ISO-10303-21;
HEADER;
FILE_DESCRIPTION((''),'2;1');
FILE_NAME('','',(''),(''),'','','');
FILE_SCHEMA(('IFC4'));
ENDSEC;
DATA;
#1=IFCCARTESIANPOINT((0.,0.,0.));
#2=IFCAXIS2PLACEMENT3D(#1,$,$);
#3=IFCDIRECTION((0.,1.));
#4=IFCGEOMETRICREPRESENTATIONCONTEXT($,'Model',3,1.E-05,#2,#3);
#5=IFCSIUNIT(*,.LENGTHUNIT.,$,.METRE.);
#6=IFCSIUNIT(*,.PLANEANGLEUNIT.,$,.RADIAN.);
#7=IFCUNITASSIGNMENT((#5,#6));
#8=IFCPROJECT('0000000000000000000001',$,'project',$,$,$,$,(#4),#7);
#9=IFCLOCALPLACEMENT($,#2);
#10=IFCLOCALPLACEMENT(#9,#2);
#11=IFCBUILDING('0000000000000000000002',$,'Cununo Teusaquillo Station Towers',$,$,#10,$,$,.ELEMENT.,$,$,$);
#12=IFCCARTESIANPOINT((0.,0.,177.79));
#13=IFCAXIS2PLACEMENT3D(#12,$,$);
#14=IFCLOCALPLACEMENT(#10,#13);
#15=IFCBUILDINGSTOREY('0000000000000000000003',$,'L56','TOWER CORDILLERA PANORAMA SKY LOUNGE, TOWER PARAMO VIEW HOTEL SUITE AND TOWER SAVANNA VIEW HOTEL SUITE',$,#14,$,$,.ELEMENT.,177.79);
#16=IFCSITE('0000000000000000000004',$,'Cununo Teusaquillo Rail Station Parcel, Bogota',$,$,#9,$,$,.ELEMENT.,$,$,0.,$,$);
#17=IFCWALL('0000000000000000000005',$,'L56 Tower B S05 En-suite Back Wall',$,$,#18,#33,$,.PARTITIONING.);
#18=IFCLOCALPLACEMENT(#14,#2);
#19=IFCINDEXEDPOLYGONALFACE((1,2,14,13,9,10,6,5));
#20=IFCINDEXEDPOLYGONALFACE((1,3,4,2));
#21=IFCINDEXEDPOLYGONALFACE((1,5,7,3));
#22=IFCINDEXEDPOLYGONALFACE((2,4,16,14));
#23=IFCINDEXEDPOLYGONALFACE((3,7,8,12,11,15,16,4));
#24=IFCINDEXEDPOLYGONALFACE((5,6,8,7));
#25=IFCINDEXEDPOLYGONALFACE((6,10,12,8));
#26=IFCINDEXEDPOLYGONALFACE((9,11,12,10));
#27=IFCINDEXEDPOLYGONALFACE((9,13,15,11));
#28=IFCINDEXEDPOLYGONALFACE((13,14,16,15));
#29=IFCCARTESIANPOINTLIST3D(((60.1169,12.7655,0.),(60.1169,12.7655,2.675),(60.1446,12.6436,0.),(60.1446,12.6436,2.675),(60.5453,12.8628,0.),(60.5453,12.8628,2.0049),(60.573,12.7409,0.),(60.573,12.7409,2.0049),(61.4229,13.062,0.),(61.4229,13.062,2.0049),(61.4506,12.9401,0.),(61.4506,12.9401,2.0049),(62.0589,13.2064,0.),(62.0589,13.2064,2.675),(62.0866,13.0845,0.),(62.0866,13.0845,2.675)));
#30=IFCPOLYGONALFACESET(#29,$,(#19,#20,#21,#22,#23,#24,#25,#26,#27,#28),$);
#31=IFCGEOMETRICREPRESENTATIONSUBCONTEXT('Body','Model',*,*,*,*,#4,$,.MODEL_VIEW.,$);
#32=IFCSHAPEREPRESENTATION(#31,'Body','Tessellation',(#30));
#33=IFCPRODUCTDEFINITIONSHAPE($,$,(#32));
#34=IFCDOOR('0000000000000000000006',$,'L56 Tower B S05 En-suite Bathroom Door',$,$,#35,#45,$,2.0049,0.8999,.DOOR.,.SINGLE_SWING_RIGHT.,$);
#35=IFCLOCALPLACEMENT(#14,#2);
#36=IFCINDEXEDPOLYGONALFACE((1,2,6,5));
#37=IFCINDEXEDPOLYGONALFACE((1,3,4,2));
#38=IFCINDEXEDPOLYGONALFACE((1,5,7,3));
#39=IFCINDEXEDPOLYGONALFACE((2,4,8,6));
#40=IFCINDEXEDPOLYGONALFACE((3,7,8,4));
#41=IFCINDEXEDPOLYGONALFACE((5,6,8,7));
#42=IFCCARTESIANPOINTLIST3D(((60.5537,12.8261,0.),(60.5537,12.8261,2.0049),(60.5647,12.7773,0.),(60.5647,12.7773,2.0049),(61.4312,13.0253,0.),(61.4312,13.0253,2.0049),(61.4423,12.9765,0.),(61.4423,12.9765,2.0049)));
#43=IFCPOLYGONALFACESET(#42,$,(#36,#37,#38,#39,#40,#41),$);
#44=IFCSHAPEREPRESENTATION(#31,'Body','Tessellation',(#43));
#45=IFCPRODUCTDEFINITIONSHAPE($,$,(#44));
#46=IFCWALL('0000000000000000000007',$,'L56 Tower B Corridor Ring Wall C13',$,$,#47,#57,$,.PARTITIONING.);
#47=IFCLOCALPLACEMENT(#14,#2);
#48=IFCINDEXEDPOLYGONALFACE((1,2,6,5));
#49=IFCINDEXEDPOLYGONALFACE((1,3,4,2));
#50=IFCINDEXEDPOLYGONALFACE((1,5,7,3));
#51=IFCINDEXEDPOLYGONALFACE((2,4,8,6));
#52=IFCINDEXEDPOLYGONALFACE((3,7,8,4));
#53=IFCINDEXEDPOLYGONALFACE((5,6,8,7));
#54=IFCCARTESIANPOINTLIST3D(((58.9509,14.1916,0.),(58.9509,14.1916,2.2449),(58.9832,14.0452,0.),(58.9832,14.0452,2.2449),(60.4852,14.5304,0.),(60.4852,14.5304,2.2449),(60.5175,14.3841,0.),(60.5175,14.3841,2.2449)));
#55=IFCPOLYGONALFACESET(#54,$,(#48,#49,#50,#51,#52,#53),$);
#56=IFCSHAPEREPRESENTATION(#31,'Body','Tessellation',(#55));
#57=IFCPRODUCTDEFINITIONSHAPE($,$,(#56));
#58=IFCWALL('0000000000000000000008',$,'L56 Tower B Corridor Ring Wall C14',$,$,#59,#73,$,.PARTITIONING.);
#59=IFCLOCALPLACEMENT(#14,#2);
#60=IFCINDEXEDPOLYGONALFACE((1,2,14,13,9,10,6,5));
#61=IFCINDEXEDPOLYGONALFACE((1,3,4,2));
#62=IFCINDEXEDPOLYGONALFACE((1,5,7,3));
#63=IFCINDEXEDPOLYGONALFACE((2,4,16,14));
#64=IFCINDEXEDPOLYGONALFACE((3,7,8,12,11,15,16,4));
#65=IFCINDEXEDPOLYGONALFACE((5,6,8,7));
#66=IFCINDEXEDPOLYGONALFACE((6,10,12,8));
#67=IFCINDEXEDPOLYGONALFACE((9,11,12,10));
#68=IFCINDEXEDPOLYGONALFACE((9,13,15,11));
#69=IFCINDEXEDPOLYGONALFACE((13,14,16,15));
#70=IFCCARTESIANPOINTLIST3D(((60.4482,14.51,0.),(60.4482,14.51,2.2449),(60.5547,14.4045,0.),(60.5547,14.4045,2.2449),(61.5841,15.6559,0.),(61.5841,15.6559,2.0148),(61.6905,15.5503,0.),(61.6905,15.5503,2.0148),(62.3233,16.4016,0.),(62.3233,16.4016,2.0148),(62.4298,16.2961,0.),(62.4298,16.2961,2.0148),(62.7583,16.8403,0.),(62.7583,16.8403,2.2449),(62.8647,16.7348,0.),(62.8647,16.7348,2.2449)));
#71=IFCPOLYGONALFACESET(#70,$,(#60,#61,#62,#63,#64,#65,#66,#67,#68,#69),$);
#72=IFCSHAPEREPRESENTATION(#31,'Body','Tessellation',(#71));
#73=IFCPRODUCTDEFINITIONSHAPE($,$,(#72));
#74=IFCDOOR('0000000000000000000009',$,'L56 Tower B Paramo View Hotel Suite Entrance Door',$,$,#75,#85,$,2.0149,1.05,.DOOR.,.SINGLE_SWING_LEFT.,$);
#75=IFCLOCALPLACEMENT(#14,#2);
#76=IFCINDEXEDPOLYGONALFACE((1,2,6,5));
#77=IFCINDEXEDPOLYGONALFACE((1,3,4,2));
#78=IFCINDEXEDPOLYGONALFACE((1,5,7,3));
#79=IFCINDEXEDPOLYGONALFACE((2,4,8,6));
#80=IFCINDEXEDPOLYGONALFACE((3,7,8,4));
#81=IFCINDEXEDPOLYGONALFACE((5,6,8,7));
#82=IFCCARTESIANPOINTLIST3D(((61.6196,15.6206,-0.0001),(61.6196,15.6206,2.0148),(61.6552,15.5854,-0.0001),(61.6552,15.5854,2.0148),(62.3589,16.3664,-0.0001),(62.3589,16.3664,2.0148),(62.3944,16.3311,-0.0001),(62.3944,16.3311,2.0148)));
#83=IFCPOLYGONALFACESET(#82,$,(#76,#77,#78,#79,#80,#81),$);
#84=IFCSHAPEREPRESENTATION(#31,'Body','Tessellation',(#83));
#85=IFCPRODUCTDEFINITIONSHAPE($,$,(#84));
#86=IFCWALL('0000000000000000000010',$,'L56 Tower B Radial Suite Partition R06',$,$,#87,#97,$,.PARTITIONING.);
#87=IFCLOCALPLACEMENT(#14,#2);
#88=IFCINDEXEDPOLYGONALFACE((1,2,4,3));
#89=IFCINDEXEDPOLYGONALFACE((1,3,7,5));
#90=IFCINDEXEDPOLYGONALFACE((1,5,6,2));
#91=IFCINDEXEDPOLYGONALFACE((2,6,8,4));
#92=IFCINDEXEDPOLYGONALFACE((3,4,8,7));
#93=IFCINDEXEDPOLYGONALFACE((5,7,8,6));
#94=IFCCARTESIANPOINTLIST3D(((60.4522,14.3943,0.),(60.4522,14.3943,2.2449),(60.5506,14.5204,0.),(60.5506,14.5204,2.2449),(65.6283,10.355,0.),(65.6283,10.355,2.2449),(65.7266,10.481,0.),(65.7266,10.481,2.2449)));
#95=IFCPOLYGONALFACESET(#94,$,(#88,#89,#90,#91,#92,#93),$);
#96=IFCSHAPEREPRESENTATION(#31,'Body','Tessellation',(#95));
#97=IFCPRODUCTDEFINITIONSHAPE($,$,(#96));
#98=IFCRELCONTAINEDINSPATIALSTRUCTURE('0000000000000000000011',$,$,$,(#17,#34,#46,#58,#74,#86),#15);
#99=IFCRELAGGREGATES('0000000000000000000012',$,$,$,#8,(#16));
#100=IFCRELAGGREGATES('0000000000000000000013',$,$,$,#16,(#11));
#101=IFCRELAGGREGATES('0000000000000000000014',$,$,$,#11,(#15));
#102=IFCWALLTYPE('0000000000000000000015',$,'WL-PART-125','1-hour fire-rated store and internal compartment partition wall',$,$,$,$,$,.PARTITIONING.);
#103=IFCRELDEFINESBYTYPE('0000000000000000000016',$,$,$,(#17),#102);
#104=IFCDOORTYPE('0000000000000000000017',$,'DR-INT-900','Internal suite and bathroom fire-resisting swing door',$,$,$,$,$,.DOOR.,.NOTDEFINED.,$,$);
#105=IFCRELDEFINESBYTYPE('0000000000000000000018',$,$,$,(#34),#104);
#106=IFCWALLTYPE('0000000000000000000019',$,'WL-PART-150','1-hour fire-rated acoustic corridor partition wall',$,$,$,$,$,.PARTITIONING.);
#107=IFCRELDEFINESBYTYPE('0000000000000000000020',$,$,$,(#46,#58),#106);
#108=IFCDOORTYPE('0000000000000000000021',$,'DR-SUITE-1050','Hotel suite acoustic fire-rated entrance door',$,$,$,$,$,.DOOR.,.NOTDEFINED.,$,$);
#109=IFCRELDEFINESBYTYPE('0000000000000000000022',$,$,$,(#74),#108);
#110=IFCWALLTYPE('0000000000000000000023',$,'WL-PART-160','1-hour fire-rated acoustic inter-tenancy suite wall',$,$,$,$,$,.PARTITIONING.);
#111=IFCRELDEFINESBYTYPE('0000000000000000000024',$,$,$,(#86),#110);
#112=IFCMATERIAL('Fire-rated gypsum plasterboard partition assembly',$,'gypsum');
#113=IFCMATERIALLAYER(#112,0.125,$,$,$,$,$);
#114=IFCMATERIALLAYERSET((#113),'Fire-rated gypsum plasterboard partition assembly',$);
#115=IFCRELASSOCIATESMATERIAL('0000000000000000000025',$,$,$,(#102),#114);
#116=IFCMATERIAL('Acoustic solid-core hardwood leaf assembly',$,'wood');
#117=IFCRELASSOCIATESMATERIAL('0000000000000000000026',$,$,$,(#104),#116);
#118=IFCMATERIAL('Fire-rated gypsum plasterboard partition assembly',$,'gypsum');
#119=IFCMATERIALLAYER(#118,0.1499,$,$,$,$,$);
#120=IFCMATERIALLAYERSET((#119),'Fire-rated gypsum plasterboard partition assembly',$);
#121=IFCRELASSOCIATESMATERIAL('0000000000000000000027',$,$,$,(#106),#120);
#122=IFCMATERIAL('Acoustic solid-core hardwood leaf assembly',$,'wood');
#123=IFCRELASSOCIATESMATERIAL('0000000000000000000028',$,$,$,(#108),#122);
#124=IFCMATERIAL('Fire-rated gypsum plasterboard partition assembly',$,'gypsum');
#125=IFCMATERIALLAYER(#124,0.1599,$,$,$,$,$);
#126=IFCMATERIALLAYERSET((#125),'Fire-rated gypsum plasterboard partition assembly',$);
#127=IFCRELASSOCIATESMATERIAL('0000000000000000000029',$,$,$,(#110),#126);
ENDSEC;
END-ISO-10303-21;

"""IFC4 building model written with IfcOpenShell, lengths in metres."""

from ifc_helpers import new_model, si_unit, direction, frame, frame_2d, origin, place, context, subcontext, project, spatial, rectangle, extrude, source, transform, mapped, material, layer, layer_set, type_object, element, fill, save


model = new_model("IFC4")

# Units and contexts
model_context = context("Model", 3, precision=1e-05, world=origin(), true_north=direction((0.0, 1.0)))
body_context = subcontext(model_context, "Body", "Model", "MODEL_VIEW")
ifc_project = project(units=[si_unit("LENGTHUNIT", "METRE"), si_unit("PLANEANGLEUNIT", "RADIAN")], contexts=[model_context])

# Site, building, storey
site_placement = place(None, origin())
site = spatial("IfcSite", under=ifc_project, at=site_placement, Name="Cununo Teusaquillo Rail Station Parcel, Bogota", CompositionType="ELEMENT", RefElevation=0.0)
building_placement = place(site_placement, origin())
building = spatial("IfcBuilding", under=site, at=building_placement, Name="Cununo Teusaquillo Station Towers", CompositionType="ELEMENT")
storey_placement = place(building_placement, frame((0.0, 0.0, 177.79)))
storey = spatial("IfcBuildingStorey", under=building, at=storey_placement, Name="L56", Description="TOWER CORDILLERA PANORAMA SKY LOUNGE, TOWER PARAMO VIEW HOTEL SUITE AND TOWER SAVANNA VIEW HOTEL SUITE", CompositionType="ELEMENT", Elevation=177.79)

# Shared definitions
ifc_material_1 = material(Name="Fire-rated gypsum plasterboard partition assembly", Category="gypsum")
ifc_layer_1 = layer(ifc_material_1, 0.125)
ifc_layer_set_1 = layer_set([ifc_layer_1], Name="Fire-rated gypsum plasterboard partition assembly")
wall_type_1 = type_object("IfcWallType", Name="WL-PART-125", Description="1-hour fire-rated store and internal compartment partition wall", PredefinedType="PARTITIONING", material=ifc_layer_set_1)

# Wall, opening, door
wall_1_placement = place(storey_placement, frame((60.1309, 12.7046, 0.0), z_axis=(0.0, 0.0, 1.0), x_axis=(0.975185, 0.221393, 0.0)))
wall_1 = element("IfcWall", 1, at=wall_1_placement, inside=storey, type_object=wall_type_1, Name="L56 Tower B S05 En-suite Back Wall", PredefinedType="PARTITIONING", context=body_context, shape_type="SweptSolid", body=[
    extrude(rectangle(XDim=1.9915, YDim=0.125, at=frame_2d((0.9956, 0.0))), origin(), (0.0, 0.0, 1.0), 2.675),
])
shared_shape_1 = source(origin(), body_context, "Body", "SweptSolid", [
    extrude(rectangle(XDim=0.8999, YDim=2.0049, at=frame_2d((0.45, 1.0024))), frame((0.0, 0.0725, 0.0), z_axis=(0.0, -1.0, 0.0), x_axis=(1.0, 0.0, 0.0)), (0.0, 0.0, 1.0), 0.145),
])
opening_1_placement = place(wall_1_placement, frame((0.4392, 0.0, 0.0)))
opening_1 = element("IfcOpeningElement", 2, at=opening_1_placement, cuts=wall_1, PredefinedType="OPENING", context=body_context, shape_type="MappedRepresentation", body=[
    mapped(shared_shape_1, transform((0.0, 0.0, 0.0), x_axis=(1.0, 0.0, 0.0), y_axis=(0.0, 1.0, 0.0), z_axis=(0.0, 0.0, 1.0), scale=1.0)),
])
ifc_material_2 = material(Name="Acoustic solid-core hardwood leaf assembly", Category="wood")
door_type_1 = type_object("IfcDoorType", Name="DR-INT-900", Description="Internal suite and bathroom fire-resisting swing door", OperationType="NOTDEFINED", PredefinedType="DOOR", material=ifc_material_2)
shared_shape_2 = source(origin(), body_context, "Body", "SweptSolid", [
    extrude(rectangle(XDim=0.8999, YDim=2.0049, at=frame_2d((0.45, 1.0024))), frame((0.0, 0.0249, 0.0), z_axis=(0.0, -1.0, 0.0), x_axis=(1.0, 0.0, 0.0)), (0.0, 0.0, 1.0), 0.05),
])
door_1_placement = place(opening_1_placement, origin())
door_1 = element("IfcDoor", 3, at=door_1_placement, inside=storey, type_object=door_type_1, Name="L56 Tower B S05 En-suite Bathroom Door", OperationType="SINGLE_SWING_RIGHT", OverallHeight=2.0049, OverallWidth=0.8999, PredefinedType="DOOR", context=body_context, shape_type="MappedRepresentation", body=[
    mapped(shared_shape_2, transform((0.0, 0.0, 0.0), x_axis=(1.0, 0.0, 0.0), y_axis=(0.0, 1.0, 0.0), z_axis=(0.0, 0.0, 1.0), scale=1.0)),
])
fill(opening_1, door_1)

# Wall
ifc_material_3 = material(Name="Fire-rated gypsum plasterboard partition assembly", Category="gypsum")
ifc_layer_2 = layer(ifc_material_3, 0.1499)
ifc_layer_set_2 = layer_set([ifc_layer_2], Name="Fire-rated gypsum plasterboard partition assembly")
wall_type_2 = type_object("IfcWallType", Name="WL-PART-150", Description="1-hour fire-rated acoustic corridor partition wall", PredefinedType="PARTITIONING", material=ifc_layer_set_2)
wall_2_placement = place(storey_placement, frame((58.967, 14.1184, 0.0), z_axis=(0.0, 0.0, 1.0), x_axis=(0.976471, 0.215647, 0.0)))
element("IfcWall", 4, at=wall_2_placement, inside=storey, type_object=wall_type_2, Name="L56 Tower B Corridor Ring Wall C13", PredefinedType="PARTITIONING", context=body_context, shape_type="SweptSolid", body=[
    extrude(rectangle(XDim=1.5713, YDim=0.1499, at=frame_2d((0.7856, 0.0))), origin(), (0.0, 0.0, 1.0), 2.2449),
])

# Wall, opening, door
wall_3_placement = place(storey_placement, frame((60.5015, 14.4573, 0.0), z_axis=(0.0, 0.0, 1.0), x_axis=(0.704012, 0.710188, 0.0)))
wall_3 = element("IfcWall", 5, at=wall_3_placement, inside=storey, type_object=wall_type_2, Name="L56 Tower B Corridor Ring Wall C14", PredefinedType="PARTITIONING", context=body_context, shape_type="SweptSolid", body=[
    extrude(rectangle(XDim=3.2812, YDim=0.1499, at=frame_2d((1.6406, 0.0))), origin(), (0.0, 0.0, 1.0), 2.2449),
])
shared_shape_3 = source(origin(), body_context, "Body", "SweptSolid", [
    extrude(rectangle(XDim=1.05, YDim=2.0149, at=frame_2d((0.5249, 1.0073))), frame((0.0, 0.085, 0.0), z_axis=(0.0, -1.0, 0.0), x_axis=(1.0, 0.0, 0.0)), (0.0, 0.0, 1.0), 0.1699),
])
opening_2_placement = place(wall_3_placement, frame((1.6135, 0.0, 0.0)))
opening_2 = element("IfcOpeningElement", 6, at=opening_2_placement, cuts=wall_3, PredefinedType="OPENING", context=body_context, shape_type="MappedRepresentation", body=[
    mapped(shared_shape_3, transform((0.0, 0.0, 0.0), x_axis=(1.0, 0.0, 0.0), y_axis=(0.0, 1.0, 0.0), z_axis=(0.0, 0.0, 1.0), scale=1.0)),
])
ifc_material_4 = material(Name="Acoustic solid-core hardwood leaf assembly", Category="wood")
door_type_2 = type_object("IfcDoorType", Name="DR-SUITE-1050", Description="Hotel suite acoustic fire-rated entrance door", OperationType="NOTDEFINED", PredefinedType="DOOR", material=ifc_material_4)
shared_shape_4 = source(origin(), body_context, "Body", "SweptSolid", [
    extrude(rectangle(XDim=1.05, YDim=2.0149, at=frame_2d((0.5249, 1.0073))), frame((0.0, 0.0249, 0.0), z_axis=(0.0, -1.0, 0.0), x_axis=(1.0, 0.0, 0.0)), (0.0, 0.0, 1.0), 0.05),
])
door_2_placement = place(opening_2_placement, origin())
door_2 = element("IfcDoor", 7, at=door_2_placement, inside=storey, type_object=door_type_2, Name="L56 Tower B Paramo View Hotel Suite Entrance Door", OperationType="SINGLE_SWING_LEFT", OverallHeight=2.0149, OverallWidth=1.05, PredefinedType="DOOR", context=body_context, shape_type="MappedRepresentation", body=[
    mapped(shared_shape_4, transform((0.0, 0.0, 0.0), x_axis=(1.0, 0.0, 0.0), y_axis=(0.0, 1.0, 0.0), z_axis=(0.0, 0.0, 1.0), scale=1.0)),
])
fill(opening_2, door_2)

# Wall
ifc_material_5 = material(Name="Fire-rated gypsum plasterboard partition assembly", Category="gypsum")
ifc_layer_3 = layer(ifc_material_5, 0.1599)
ifc_layer_set_3 = layer_set([ifc_layer_3], Name="Fire-rated gypsum plasterboard partition assembly")
wall_type_3 = type_object("IfcWallType", Name="WL-PART-160", Description="1-hour fire-rated acoustic inter-tenancy suite wall", PredefinedType="PARTITIONING", material=ifc_layer_set_3)
wall_4_placement = place(storey_placement, frame((60.5015, 14.4573, 0.0), z_axis=(0.0, 0.0, 1.0), x_axis=(0.788354, -0.615222, 0.0)))
element("IfcWall", 8, at=wall_4_placement, inside=storey, type_object=wall_type_3, Name="L56 Tower B Radial Suite Partition R06", PredefinedType="PARTITIONING", context=body_context, shape_type="SweptSolid", body=[
    extrude(rectangle(XDim=6.5657, YDim=0.1599, at=frame_2d((3.2827, 0.0))), origin(), (0.0, 0.0, 1.0), 2.2449),
])

save(model, "model.ifc")
